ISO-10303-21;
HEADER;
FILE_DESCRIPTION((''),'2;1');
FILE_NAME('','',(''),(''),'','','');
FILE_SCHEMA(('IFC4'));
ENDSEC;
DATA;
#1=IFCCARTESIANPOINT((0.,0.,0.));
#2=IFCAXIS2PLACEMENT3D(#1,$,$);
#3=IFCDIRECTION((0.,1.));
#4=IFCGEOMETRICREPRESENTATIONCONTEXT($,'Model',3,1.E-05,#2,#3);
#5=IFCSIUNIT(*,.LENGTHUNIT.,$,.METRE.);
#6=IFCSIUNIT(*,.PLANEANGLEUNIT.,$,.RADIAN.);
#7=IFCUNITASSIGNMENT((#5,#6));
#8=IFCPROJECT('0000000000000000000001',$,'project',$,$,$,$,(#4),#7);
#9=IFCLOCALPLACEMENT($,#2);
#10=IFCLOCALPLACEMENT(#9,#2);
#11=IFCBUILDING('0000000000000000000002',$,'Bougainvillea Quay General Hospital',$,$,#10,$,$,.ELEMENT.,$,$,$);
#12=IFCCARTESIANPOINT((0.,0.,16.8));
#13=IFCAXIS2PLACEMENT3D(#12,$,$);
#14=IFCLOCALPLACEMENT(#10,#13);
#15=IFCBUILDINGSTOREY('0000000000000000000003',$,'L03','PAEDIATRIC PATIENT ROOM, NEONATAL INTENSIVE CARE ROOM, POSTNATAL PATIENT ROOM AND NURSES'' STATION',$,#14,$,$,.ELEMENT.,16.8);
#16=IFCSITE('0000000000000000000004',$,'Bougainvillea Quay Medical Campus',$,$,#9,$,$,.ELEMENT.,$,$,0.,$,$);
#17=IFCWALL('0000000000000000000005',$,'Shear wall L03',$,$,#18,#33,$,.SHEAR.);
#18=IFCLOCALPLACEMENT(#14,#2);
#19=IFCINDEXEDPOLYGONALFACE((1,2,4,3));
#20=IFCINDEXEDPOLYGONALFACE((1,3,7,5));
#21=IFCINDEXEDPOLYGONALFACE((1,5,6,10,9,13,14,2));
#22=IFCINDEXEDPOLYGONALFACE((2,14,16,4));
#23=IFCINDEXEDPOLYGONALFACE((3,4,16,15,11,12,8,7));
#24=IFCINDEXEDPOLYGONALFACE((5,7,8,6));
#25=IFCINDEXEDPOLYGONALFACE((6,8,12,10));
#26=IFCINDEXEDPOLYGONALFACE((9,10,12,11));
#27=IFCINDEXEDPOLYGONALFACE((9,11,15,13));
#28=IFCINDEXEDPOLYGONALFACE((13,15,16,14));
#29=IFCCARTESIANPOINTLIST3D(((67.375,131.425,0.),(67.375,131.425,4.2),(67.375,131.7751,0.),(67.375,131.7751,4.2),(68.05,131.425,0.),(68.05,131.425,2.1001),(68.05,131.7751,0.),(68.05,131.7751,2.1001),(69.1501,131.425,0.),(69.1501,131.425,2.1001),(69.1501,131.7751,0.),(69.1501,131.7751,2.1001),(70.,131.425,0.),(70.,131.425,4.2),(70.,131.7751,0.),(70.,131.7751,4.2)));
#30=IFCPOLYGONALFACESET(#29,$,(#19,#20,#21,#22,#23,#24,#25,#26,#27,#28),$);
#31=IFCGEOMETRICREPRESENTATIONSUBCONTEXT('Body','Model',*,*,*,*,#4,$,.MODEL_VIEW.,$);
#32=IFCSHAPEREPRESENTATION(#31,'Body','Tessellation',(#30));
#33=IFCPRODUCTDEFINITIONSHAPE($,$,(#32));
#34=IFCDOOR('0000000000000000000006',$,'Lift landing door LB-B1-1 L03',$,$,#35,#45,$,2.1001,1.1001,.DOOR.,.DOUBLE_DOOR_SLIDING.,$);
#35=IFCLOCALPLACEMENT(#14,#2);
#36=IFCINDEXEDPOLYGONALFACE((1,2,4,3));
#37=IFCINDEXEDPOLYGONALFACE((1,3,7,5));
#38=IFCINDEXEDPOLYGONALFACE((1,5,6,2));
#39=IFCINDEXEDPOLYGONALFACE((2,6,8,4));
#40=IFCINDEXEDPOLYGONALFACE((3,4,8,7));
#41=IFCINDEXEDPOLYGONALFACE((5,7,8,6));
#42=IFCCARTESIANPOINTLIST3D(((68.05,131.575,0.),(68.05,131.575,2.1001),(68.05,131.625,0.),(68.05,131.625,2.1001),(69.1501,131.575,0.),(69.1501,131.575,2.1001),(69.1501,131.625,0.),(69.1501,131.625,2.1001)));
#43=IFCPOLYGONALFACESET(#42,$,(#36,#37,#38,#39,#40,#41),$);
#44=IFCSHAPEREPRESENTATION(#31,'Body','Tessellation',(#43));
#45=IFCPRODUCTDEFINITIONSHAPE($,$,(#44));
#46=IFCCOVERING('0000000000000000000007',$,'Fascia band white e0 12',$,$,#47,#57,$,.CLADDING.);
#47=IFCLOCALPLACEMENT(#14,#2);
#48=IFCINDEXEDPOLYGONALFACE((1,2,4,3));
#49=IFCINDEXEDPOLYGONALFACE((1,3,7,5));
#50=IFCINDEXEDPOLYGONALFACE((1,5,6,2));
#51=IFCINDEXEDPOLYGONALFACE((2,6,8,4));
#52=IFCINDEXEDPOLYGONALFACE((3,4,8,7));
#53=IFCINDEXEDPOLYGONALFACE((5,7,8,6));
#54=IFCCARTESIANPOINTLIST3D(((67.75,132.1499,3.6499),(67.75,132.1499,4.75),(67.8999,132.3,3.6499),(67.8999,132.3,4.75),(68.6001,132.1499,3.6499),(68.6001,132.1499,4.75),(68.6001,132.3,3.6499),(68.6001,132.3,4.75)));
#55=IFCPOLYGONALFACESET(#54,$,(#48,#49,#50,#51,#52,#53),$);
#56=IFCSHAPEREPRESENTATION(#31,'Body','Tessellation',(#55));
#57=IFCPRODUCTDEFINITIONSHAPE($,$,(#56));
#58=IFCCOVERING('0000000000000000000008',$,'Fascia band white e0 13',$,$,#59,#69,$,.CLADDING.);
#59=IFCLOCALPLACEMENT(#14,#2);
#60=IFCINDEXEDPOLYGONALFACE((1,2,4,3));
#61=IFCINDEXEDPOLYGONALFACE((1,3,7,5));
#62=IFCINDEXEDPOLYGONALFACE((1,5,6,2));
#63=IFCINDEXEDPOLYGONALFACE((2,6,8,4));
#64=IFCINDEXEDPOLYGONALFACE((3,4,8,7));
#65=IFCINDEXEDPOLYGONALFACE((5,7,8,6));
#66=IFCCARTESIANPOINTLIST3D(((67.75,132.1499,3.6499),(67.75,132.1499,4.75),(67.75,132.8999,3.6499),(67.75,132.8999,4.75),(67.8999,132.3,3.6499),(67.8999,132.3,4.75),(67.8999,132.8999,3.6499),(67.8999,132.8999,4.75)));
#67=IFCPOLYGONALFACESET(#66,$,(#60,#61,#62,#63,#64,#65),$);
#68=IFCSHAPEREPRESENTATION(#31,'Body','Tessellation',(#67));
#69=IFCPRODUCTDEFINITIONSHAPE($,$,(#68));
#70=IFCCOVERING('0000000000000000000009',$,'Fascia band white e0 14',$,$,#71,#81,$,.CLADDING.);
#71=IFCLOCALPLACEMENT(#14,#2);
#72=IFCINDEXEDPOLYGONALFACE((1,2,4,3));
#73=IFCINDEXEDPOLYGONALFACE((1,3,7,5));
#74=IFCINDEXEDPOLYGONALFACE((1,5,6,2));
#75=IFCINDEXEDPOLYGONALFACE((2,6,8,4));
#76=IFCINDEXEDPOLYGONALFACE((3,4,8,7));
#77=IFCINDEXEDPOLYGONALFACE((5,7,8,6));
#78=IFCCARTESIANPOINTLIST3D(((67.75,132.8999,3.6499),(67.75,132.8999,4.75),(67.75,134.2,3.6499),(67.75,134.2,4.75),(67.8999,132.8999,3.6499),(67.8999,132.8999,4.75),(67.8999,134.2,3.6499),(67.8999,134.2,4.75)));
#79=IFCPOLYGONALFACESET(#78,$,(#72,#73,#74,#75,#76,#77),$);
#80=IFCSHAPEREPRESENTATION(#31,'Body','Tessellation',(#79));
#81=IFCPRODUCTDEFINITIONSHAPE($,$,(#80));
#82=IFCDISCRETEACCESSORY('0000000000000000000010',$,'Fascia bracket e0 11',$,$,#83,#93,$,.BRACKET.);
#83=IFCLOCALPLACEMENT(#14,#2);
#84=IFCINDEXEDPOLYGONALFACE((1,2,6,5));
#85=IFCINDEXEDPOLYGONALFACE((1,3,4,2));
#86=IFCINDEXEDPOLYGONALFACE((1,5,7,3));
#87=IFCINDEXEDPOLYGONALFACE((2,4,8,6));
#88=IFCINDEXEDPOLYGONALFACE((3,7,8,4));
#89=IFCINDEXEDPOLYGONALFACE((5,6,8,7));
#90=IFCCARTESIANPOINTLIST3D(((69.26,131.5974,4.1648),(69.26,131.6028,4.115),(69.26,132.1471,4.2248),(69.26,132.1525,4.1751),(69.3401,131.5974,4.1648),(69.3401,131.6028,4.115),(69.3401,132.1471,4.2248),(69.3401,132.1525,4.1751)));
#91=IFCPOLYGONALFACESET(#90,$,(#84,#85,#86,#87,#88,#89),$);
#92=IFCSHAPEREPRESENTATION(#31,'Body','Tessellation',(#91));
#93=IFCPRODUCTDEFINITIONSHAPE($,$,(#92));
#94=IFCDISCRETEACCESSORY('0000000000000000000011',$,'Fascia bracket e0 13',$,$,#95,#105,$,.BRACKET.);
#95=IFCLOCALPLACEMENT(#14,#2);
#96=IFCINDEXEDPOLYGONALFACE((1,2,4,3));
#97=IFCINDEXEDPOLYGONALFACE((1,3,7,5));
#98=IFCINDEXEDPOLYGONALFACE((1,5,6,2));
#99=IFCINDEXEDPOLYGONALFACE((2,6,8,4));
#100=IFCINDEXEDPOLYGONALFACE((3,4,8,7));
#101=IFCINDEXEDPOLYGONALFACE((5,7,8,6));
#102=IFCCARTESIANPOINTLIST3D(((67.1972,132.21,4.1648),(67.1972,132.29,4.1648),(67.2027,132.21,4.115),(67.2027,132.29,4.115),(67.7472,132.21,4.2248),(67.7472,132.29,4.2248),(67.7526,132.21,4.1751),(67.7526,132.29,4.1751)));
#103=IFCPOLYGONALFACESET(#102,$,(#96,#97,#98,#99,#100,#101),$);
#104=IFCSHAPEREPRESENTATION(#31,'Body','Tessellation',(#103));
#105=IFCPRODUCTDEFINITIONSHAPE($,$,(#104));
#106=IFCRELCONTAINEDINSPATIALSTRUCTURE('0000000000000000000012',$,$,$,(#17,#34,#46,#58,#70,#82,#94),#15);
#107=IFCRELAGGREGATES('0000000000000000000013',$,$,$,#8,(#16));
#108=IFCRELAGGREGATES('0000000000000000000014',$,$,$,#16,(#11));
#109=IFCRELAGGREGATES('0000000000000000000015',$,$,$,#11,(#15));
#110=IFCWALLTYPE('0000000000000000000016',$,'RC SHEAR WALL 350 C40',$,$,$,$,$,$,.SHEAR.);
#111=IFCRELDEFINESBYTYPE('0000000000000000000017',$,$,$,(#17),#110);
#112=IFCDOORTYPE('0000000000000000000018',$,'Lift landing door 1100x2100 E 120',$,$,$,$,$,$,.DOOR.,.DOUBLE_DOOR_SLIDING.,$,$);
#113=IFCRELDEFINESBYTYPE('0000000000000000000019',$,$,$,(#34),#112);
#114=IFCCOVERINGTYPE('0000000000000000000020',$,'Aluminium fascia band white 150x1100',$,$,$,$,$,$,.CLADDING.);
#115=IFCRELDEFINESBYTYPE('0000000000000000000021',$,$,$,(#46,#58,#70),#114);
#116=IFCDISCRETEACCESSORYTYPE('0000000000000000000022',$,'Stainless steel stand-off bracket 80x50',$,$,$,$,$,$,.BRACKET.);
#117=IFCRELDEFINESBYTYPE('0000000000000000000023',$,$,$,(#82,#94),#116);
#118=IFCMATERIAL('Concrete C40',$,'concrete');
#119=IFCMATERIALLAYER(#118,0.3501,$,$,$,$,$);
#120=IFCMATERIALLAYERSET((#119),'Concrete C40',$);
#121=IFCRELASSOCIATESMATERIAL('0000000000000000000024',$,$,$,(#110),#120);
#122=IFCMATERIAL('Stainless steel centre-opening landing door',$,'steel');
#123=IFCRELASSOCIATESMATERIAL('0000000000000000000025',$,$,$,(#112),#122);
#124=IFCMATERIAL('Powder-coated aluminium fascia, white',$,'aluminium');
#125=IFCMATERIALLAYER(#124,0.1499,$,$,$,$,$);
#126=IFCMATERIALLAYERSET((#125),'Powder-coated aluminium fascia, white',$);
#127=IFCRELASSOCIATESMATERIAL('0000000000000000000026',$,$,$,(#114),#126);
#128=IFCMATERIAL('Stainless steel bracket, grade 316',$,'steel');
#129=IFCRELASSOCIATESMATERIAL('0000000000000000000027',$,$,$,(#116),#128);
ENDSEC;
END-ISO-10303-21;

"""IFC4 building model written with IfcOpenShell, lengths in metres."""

from ifc_helpers import new_model, si_unit, direction, frame, frame_2d, origin, origin_2d, place, context, subcontext, project, spatial, polyline, rectangle, outline, extrude, material, layer, layer_set, material_profile, profile_set, type_object, element, fill, save


model = new_model("IFC4")

# Units and contexts
model_context = context("Model", 3, precision=1e-05, world=origin(), true_north=direction((0.0, 1.0)))
body_context = subcontext(model_context, "Body", "Model", "MODEL_VIEW")
ifc_project = project(units=[si_unit("LENGTHUNIT", "METRE"), si_unit("PLANEANGLEUNIT", "RADIAN")], contexts=[model_context])

# Site, building, storey
site_placement = place(None, origin())
site = spatial("IfcSite", under=ifc_project, at=site_placement, Name="Bougainvillea Quay Medical Campus", CompositionType="ELEMENT", RefElevation=0.0)
building_placement = place(site_placement, origin())
building = spatial("IfcBuilding", under=site, at=building_placement, Name="Bougainvillea Quay General Hospital", CompositionType="ELEMENT")
storey_placement = place(building_placement, frame((0.0, 0.0, 16.8)))
storey = spatial("IfcBuildingStorey", under=building, at=storey_placement, Name="L03", Description="PAEDIATRIC PATIENT ROOM, NEONATAL INTENSIVE CARE ROOM, POSTNATAL PATIENT ROOM AND NURSES' STATION", CompositionType="ELEMENT", Elevation=16.8)

# Shared definitions
ifc_material_1 = material(Name="Concrete C40", Category="concrete")

# Shared definitions
ifc_layer_1 = layer(ifc_material_1, 0.3501)
ifc_layer_set_1 = layer_set([ifc_layer_1], Name="Concrete C40")
wall_type_1 = type_object("IfcWallType", Name="RC SHEAR WALL 350 C40", PredefinedType="SHEAR", material=ifc_layer_set_1)

# Wall, opening, door
wall_1_placement = place(storey_placement, frame((67.375, 131.6001, 0.0), z_axis=(0.0, 0.0, 1.0), x_axis=(1.0, 0.0, 0.0)))
wall_1 = element("IfcWall", 1, at=wall_1_placement, inside=storey, type_object=wall_type_1, Name="Shear wall L03", PredefinedType="SHEAR", context=body_context, shape_type="SweptSolid", body=[
    extrude(rectangle(XDim=2.625, YDim=0.3501, at=frame_2d((1.3125, 0.0))), origin(), (0.0, 0.0, 1.0), 4.2),
])
opening_1_placement = place(wall_1_placement, frame((0.675, 0.0, 0.0)))
opening_1 = element("IfcOpeningElement", 2, at=opening_1_placement, cuts=wall_1, PredefinedType="OPENING", context=body_context, shape_type="SweptSolid", body=[
    extrude(rectangle(XDim=1.1001, YDim=2.1001, at=frame_2d((0.55, 1.05))), frame((0.0, 0.1851, 0.0), z_axis=(0.0, -1.0, 0.0), x_axis=(1.0, 0.0, 0.0)), (0.0, 0.0, 1.0), 0.3701),
])
ifc_material_2 = material(Name="Stainless steel centre-opening landing door", Category="steel")
door_type_1 = type_object("IfcDoorType", Name="Lift landing door 1100x2100 E 120", OperationType="DOUBLE_DOOR_SLIDING", PredefinedType="DOOR", material=ifc_material_2)
door_1_placement = place(opening_1_placement, origin())
door_1 = element("IfcDoor", 3, at=door_1_placement, inside=storey, type_object=door_type_1, Name="Lift landing door LB-B1-1 L03", OperationType="DOUBLE_DOOR_SLIDING", OverallHeight=2.1001, OverallWidth=1.1001, PredefinedType="DOOR", context=body_context, shape_type="SweptSolid", body=[
    extrude(rectangle(XDim=1.1001, YDim=2.1001, at=frame_2d((0.55, 1.05))), frame((0.0, 0.0249, 0.0), z_axis=(0.0, -1.0, 0.0), x_axis=(1.0, 0.0, 0.0)), (0.0, 0.0, 1.0), 0.05),
])
fill(opening_1, door_1)

# Coverings
ifc_material_3 = material(Name="Powder-coated aluminium fascia, white", Category="aluminium")
ifc_layer_2 = layer(ifc_material_3, 0.1499)
ifc_layer_set_2 = layer_set([ifc_layer_2], Name="Powder-coated aluminium fascia, white")
covering_type = type_object("IfcCoveringType", Name="Aluminium fascia band white 150x1100", PredefinedType="CLADDING", material=ifc_layer_set_2)
covering_1_placement = place(storey_placement, frame((68.6001, 132.1499, 3.6499), z_axis=(0.0, 0.0, 1.0), x_axis=(-1.0, 0.0, 0.0)))
element("IfcCovering", 4, at=covering_1_placement, inside=storey, type_object=covering_type, Name="Fascia band white e0 12", PredefinedType="CLADDING", context=body_context, shape_type="SweptSolid", body=[
    extrude(outline(polyline([(0.0, 0.0), (0.8501, 0.0), (0.7002, -0.1501), (0.0, -0.1501), (0.0, 0.0)])), origin(), (0.0, 0.0, 1.0), 1.1001),
])
covering_2_placement = place(storey_placement, frame((67.75, 132.1499, 3.6499), z_axis=(0.0, 0.0, 1.0), x_axis=(0.0, 1.0, 0.0)))
element("IfcCovering", 5, at=covering_2_placement, inside=storey, type_object=covering_type, Name="Fascia band white e0 13", PredefinedType="CLADDING", context=body_context, shape_type="SweptSolid", body=[
    extrude(outline(polyline([(0.0, 0.0), (0.75, 0.0), (0.75, -0.1499), (0.1501, -0.1499), (0.0, 0.0)])), origin(), (0.0, 0.0, 1.0), 1.1001),
])
covering_3_placement = place(storey_placement, frame((67.75, 132.8999, 3.6499), z_axis=(0.0, 0.0, 1.0), x_axis=(0.0, 1.0, 0.0)))
element("IfcCovering", 6, at=covering_3_placement, inside=storey, type_object=covering_type, Name="Fascia band white e0 14", PredefinedType="CLADDING", context=body_context, shape_type="SweptSolid", body=[
    extrude(outline(polyline([(0.0, 0.0), (1.3, 0.0), (1.3, -0.1499), (0.0, -0.1499), (0.0, 0.0)])), origin(), (0.0, 0.0, 1.0), 1.1001),
])

# Discrete accessories
ifc_material_4 = material(Name="Stainless steel bracket, grade 316", Category="steel")
ifc_material_profile_1 = material_profile(ifc_material_4, rectangle(XDim=0.0801, YDim=0.05, at=origin_2d()))
ifc_profile_set_1 = profile_set([ifc_material_profile_1], Name="Stainless steel bracket, grade 316")
discrete_accessory_type = type_object("IfcDiscreteAccessoryType", Name="Stainless steel stand-off bracket 80x50", PredefinedType="BRACKET", material=ifc_profile_set_1)
discrete_accessory_1_placement = place(storey_placement, frame((69.3, 131.6001, 4.1399), z_axis=(0.0, 0.994087, 0.10859), x_axis=(-1.0, 0.0, 0.0)))
element("IfcDiscreteAccessory", 7, at=discrete_accessory_1_placement, inside=storey, type_object=discrete_accessory_type, Name="Fascia bracket e0 11", PredefinedType="BRACKET", context=body_context, shape_type="SweptSolid", body=[
    extrude(rectangle(XDim=0.0801, YDim=0.05, at=origin_2d()), origin(), (0.0, 0.0, 1.0), 0.553),
])
discrete_accessory_2_placement = place(storey_placement, frame((67.2, 132.25, 4.1399), z_axis=(0.994092, 0.0, 0.108543), x_axis=(0.0, 1.0, 0.0)))
element("IfcDiscreteAccessory", 8, at=discrete_accessory_2_placement, inside=storey, type_object=discrete_accessory_type, Name="Fascia bracket e0 13", PredefinedType="BRACKET", context=body_context, shape_type="SweptSolid", body=[
    extrude(rectangle(XDim=0.0801, YDim=0.05, at=origin_2d()), origin(), (0.0, 0.0, 1.0), 0.5532),
])

save(model, "model.ifc")
